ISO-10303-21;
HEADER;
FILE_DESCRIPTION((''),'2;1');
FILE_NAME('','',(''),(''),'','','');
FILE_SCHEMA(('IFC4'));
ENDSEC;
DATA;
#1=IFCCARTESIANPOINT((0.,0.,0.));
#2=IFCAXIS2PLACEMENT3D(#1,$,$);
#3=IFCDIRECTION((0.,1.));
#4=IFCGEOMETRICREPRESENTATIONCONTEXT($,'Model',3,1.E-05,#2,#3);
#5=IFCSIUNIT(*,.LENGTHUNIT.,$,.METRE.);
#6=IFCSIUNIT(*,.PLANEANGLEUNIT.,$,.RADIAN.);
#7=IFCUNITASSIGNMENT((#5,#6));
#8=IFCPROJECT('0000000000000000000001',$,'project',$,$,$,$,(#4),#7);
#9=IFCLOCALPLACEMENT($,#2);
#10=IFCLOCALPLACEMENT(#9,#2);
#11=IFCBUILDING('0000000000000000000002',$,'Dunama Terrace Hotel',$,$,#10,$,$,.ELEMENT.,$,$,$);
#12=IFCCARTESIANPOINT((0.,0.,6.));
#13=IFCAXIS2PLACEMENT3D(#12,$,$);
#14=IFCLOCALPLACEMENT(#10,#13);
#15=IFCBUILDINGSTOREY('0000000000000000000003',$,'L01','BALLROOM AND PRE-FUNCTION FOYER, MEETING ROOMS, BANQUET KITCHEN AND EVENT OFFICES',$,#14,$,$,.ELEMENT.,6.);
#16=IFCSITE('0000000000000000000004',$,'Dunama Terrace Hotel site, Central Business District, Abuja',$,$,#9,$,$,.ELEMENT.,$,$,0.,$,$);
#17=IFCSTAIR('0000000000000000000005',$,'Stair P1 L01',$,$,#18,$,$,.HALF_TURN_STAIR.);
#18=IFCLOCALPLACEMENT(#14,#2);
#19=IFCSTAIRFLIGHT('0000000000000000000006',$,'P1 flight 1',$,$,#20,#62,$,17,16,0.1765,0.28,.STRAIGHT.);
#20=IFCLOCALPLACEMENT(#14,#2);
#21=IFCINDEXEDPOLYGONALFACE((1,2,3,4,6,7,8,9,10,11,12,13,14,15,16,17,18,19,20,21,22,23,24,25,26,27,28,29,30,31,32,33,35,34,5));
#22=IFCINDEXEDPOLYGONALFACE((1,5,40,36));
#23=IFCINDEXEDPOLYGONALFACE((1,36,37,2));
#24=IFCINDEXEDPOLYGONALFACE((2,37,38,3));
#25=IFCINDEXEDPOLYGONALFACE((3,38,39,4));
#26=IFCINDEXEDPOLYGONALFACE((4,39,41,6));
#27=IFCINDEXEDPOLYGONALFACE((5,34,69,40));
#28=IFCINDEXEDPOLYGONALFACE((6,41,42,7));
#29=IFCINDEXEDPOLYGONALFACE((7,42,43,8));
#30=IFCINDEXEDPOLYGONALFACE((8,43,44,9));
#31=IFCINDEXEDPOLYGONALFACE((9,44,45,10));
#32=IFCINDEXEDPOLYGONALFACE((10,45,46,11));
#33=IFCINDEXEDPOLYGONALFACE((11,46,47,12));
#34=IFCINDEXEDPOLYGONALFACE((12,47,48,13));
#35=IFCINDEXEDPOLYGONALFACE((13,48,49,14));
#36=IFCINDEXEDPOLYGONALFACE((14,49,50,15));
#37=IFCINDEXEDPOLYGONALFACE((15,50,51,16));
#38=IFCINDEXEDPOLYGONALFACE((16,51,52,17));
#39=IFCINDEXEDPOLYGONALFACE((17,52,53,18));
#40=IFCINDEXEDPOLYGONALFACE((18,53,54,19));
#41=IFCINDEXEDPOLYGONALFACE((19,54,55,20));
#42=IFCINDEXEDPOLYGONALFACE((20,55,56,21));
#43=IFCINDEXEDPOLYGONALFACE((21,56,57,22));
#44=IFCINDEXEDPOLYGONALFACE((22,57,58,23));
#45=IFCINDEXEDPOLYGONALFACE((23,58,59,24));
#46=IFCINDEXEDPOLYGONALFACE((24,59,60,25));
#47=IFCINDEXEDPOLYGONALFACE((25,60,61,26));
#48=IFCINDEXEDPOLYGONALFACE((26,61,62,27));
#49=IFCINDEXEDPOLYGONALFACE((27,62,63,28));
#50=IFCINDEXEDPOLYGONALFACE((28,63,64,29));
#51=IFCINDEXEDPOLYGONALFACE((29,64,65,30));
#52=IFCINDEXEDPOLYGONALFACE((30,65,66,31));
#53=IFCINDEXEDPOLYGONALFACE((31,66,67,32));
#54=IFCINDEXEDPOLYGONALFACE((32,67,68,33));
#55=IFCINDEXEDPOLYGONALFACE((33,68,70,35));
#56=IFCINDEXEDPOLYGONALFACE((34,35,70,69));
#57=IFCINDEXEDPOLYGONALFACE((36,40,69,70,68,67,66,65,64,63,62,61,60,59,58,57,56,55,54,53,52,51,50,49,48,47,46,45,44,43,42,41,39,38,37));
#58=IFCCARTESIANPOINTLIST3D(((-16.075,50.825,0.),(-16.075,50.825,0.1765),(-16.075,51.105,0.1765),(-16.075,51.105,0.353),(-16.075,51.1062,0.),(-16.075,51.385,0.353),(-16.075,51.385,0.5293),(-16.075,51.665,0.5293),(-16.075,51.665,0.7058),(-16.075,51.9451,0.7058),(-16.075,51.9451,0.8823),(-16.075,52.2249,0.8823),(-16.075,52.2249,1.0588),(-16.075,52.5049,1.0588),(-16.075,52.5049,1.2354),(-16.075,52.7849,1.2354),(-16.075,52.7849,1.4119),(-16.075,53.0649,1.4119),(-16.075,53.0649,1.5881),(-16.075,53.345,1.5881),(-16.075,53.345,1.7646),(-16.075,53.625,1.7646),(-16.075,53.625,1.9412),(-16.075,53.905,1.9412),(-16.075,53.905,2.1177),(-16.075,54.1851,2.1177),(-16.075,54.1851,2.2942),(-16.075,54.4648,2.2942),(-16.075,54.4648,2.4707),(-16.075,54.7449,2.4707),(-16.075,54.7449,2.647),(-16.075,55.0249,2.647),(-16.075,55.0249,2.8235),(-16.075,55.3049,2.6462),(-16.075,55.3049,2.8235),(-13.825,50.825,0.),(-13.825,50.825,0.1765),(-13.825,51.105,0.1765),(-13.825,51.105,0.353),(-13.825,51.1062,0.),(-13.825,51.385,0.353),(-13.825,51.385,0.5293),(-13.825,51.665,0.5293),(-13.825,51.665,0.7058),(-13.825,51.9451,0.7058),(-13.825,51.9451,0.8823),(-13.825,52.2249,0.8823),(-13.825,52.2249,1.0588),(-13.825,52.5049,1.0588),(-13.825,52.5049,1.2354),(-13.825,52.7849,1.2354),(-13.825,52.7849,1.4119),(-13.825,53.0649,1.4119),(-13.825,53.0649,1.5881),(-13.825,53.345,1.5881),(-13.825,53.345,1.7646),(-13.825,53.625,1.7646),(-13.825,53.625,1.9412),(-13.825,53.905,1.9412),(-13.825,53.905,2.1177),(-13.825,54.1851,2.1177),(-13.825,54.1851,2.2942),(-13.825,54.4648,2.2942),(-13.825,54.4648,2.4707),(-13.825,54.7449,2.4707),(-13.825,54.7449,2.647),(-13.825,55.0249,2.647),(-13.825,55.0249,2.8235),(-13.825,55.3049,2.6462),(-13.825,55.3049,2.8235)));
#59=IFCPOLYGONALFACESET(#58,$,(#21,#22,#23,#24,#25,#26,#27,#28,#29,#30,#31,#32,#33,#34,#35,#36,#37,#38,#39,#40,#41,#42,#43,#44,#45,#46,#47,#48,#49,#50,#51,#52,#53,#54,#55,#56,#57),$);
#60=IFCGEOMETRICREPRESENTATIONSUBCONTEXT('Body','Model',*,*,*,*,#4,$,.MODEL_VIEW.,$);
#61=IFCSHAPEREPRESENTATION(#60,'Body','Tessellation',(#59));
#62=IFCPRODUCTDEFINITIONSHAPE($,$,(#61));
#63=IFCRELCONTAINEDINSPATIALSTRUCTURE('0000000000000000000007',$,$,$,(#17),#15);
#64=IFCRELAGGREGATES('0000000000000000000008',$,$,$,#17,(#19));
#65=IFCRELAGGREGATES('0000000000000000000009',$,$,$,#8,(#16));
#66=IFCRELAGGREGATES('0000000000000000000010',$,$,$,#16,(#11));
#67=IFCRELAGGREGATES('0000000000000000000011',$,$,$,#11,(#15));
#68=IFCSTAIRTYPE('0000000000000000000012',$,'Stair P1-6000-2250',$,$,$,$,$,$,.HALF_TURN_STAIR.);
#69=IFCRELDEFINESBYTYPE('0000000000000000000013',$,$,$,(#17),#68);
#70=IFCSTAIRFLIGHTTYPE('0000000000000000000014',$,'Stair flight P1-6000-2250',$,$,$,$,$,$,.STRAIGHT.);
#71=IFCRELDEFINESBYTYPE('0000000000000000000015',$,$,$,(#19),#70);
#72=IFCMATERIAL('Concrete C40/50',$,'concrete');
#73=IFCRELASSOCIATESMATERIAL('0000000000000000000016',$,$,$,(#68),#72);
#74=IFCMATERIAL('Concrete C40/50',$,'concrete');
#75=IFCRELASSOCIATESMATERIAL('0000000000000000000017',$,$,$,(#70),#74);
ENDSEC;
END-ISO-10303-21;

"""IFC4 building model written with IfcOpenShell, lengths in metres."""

from ifc_helpers import new_model, si_unit, direction, frame, origin, place, context, subcontext, project, spatial, polyline, outline, extrude, material, type_object, element, aggregate, save


model = new_model("IFC4")

# Units and contexts
model_context = context("Model", 3, precision=1e-05, world=origin(), true_north=direction((0.0, 1.0)))
body_context = subcontext(model_context, "Body", "Model", "MODEL_VIEW")
ifc_project = project(units=[si_unit("LENGTHUNIT", "METRE"), si_unit("PLANEANGLEUNIT", "RADIAN")], contexts=[model_context])

# Site, building, storey
site_placement = place(None, origin())
site = spatial("IfcSite", under=ifc_project, at=site_placement, Name="Dunama Terrace Hotel site, Central Business District, Abuja", CompositionType="ELEMENT", RefElevation=0.0)
building_placement = place(site_placement, origin())
building = spatial("IfcBuilding", under=site, at=building_placement, Name="Dunama Terrace Hotel", CompositionType="ELEMENT")
storey_placement = place(building_placement, frame((0.0, 0.0, 6.0)))
storey = spatial("IfcBuildingStorey", under=building, at=storey_placement, Name="L01", Description="BALLROOM AND PRE-FUNCTION FOYER, MEETING ROOMS, BANQUET KITCHEN AND EVENT OFFICES", CompositionType="ELEMENT", Elevation=6.0)

# Stair, stair flight
ifc_material_1 = material(Name="Concrete C40/50", Category="concrete")
stair_type = type_object("IfcStairType", Name="Stair P1-6000-2250", PredefinedType="HALF_TURN_STAIR", material=ifc_material_1)
stair_placement = place(storey_placement, origin())
stair = element("IfcStair", 1, at=stair_placement, inside=storey, type_object=stair_type, Name="Stair P1 L01", PredefinedType="HALF_TURN_STAIR")
ifc_material_2 = material(Name="Concrete C40/50", Category="concrete")
stair_flight_type = type_object("IfcStairFlightType", Name="Stair flight P1-6000-2250", PredefinedType="STRAIGHT", material=ifc_material_2)
stair_flight_placement = place(storey_placement, frame((-14.95, 50.825, 0.0), z_axis=(0.0, 0.0, 1.0), x_axis=(0.0, 1.0, 0.0)))
stair_flight = element("IfcStairFlight", 2, at=stair_flight_placement, type_object=stair_flight_type, Name="P1 flight 1", NumberOfRisers=17, NumberOfTreads=16, PredefinedType="STRAIGHT", RiserHeight=0.1765, TreadLength=0.28, context=body_context, shape_type="SweptSolid", body=[
    extrude(outline(polyline([(0.0, 0.0), (0.0, 0.1765), (0.28, 0.1765), (0.28, 0.353), (0.5601, 0.353), (0.5601, 0.5293), (0.8401, 0.5293), (0.8401, 0.7058), (1.1201, 0.7058), (1.1201, 0.8823), (1.3999, 0.8823), (1.3999, 1.0588), (1.6799, 1.0588), (1.6799, 1.2354), (1.96, 1.2354), (1.96, 1.4119), (2.24, 1.4119), (2.24, 1.5881), (2.52, 1.5881), (2.52, 1.7646), (2.8, 1.7646), (2.8, 1.9412), (3.0801, 1.9412), (3.0801, 2.1177), (3.3601, 2.1177), (3.3601, 2.2942), (3.6399, 2.2942), (3.6399, 2.4707), (3.9199, 2.4707), (3.9199, 2.647), (4.2, 2.647), (4.2, 2.8235), (4.48, 2.8235), (4.48, 3.0), (4.48, 2.6462), (0.2812, 0.0), (0.0, 0.0)])), frame((0.0, 1.125, 0.0), z_axis=(0.0, -1.0, 0.0), x_axis=(1.0, 0.0, 0.0)), (0.0, 0.0, 1.0), 2.25),
])
aggregate(stair, [stair_flight])

save(model, "model.ifc")
